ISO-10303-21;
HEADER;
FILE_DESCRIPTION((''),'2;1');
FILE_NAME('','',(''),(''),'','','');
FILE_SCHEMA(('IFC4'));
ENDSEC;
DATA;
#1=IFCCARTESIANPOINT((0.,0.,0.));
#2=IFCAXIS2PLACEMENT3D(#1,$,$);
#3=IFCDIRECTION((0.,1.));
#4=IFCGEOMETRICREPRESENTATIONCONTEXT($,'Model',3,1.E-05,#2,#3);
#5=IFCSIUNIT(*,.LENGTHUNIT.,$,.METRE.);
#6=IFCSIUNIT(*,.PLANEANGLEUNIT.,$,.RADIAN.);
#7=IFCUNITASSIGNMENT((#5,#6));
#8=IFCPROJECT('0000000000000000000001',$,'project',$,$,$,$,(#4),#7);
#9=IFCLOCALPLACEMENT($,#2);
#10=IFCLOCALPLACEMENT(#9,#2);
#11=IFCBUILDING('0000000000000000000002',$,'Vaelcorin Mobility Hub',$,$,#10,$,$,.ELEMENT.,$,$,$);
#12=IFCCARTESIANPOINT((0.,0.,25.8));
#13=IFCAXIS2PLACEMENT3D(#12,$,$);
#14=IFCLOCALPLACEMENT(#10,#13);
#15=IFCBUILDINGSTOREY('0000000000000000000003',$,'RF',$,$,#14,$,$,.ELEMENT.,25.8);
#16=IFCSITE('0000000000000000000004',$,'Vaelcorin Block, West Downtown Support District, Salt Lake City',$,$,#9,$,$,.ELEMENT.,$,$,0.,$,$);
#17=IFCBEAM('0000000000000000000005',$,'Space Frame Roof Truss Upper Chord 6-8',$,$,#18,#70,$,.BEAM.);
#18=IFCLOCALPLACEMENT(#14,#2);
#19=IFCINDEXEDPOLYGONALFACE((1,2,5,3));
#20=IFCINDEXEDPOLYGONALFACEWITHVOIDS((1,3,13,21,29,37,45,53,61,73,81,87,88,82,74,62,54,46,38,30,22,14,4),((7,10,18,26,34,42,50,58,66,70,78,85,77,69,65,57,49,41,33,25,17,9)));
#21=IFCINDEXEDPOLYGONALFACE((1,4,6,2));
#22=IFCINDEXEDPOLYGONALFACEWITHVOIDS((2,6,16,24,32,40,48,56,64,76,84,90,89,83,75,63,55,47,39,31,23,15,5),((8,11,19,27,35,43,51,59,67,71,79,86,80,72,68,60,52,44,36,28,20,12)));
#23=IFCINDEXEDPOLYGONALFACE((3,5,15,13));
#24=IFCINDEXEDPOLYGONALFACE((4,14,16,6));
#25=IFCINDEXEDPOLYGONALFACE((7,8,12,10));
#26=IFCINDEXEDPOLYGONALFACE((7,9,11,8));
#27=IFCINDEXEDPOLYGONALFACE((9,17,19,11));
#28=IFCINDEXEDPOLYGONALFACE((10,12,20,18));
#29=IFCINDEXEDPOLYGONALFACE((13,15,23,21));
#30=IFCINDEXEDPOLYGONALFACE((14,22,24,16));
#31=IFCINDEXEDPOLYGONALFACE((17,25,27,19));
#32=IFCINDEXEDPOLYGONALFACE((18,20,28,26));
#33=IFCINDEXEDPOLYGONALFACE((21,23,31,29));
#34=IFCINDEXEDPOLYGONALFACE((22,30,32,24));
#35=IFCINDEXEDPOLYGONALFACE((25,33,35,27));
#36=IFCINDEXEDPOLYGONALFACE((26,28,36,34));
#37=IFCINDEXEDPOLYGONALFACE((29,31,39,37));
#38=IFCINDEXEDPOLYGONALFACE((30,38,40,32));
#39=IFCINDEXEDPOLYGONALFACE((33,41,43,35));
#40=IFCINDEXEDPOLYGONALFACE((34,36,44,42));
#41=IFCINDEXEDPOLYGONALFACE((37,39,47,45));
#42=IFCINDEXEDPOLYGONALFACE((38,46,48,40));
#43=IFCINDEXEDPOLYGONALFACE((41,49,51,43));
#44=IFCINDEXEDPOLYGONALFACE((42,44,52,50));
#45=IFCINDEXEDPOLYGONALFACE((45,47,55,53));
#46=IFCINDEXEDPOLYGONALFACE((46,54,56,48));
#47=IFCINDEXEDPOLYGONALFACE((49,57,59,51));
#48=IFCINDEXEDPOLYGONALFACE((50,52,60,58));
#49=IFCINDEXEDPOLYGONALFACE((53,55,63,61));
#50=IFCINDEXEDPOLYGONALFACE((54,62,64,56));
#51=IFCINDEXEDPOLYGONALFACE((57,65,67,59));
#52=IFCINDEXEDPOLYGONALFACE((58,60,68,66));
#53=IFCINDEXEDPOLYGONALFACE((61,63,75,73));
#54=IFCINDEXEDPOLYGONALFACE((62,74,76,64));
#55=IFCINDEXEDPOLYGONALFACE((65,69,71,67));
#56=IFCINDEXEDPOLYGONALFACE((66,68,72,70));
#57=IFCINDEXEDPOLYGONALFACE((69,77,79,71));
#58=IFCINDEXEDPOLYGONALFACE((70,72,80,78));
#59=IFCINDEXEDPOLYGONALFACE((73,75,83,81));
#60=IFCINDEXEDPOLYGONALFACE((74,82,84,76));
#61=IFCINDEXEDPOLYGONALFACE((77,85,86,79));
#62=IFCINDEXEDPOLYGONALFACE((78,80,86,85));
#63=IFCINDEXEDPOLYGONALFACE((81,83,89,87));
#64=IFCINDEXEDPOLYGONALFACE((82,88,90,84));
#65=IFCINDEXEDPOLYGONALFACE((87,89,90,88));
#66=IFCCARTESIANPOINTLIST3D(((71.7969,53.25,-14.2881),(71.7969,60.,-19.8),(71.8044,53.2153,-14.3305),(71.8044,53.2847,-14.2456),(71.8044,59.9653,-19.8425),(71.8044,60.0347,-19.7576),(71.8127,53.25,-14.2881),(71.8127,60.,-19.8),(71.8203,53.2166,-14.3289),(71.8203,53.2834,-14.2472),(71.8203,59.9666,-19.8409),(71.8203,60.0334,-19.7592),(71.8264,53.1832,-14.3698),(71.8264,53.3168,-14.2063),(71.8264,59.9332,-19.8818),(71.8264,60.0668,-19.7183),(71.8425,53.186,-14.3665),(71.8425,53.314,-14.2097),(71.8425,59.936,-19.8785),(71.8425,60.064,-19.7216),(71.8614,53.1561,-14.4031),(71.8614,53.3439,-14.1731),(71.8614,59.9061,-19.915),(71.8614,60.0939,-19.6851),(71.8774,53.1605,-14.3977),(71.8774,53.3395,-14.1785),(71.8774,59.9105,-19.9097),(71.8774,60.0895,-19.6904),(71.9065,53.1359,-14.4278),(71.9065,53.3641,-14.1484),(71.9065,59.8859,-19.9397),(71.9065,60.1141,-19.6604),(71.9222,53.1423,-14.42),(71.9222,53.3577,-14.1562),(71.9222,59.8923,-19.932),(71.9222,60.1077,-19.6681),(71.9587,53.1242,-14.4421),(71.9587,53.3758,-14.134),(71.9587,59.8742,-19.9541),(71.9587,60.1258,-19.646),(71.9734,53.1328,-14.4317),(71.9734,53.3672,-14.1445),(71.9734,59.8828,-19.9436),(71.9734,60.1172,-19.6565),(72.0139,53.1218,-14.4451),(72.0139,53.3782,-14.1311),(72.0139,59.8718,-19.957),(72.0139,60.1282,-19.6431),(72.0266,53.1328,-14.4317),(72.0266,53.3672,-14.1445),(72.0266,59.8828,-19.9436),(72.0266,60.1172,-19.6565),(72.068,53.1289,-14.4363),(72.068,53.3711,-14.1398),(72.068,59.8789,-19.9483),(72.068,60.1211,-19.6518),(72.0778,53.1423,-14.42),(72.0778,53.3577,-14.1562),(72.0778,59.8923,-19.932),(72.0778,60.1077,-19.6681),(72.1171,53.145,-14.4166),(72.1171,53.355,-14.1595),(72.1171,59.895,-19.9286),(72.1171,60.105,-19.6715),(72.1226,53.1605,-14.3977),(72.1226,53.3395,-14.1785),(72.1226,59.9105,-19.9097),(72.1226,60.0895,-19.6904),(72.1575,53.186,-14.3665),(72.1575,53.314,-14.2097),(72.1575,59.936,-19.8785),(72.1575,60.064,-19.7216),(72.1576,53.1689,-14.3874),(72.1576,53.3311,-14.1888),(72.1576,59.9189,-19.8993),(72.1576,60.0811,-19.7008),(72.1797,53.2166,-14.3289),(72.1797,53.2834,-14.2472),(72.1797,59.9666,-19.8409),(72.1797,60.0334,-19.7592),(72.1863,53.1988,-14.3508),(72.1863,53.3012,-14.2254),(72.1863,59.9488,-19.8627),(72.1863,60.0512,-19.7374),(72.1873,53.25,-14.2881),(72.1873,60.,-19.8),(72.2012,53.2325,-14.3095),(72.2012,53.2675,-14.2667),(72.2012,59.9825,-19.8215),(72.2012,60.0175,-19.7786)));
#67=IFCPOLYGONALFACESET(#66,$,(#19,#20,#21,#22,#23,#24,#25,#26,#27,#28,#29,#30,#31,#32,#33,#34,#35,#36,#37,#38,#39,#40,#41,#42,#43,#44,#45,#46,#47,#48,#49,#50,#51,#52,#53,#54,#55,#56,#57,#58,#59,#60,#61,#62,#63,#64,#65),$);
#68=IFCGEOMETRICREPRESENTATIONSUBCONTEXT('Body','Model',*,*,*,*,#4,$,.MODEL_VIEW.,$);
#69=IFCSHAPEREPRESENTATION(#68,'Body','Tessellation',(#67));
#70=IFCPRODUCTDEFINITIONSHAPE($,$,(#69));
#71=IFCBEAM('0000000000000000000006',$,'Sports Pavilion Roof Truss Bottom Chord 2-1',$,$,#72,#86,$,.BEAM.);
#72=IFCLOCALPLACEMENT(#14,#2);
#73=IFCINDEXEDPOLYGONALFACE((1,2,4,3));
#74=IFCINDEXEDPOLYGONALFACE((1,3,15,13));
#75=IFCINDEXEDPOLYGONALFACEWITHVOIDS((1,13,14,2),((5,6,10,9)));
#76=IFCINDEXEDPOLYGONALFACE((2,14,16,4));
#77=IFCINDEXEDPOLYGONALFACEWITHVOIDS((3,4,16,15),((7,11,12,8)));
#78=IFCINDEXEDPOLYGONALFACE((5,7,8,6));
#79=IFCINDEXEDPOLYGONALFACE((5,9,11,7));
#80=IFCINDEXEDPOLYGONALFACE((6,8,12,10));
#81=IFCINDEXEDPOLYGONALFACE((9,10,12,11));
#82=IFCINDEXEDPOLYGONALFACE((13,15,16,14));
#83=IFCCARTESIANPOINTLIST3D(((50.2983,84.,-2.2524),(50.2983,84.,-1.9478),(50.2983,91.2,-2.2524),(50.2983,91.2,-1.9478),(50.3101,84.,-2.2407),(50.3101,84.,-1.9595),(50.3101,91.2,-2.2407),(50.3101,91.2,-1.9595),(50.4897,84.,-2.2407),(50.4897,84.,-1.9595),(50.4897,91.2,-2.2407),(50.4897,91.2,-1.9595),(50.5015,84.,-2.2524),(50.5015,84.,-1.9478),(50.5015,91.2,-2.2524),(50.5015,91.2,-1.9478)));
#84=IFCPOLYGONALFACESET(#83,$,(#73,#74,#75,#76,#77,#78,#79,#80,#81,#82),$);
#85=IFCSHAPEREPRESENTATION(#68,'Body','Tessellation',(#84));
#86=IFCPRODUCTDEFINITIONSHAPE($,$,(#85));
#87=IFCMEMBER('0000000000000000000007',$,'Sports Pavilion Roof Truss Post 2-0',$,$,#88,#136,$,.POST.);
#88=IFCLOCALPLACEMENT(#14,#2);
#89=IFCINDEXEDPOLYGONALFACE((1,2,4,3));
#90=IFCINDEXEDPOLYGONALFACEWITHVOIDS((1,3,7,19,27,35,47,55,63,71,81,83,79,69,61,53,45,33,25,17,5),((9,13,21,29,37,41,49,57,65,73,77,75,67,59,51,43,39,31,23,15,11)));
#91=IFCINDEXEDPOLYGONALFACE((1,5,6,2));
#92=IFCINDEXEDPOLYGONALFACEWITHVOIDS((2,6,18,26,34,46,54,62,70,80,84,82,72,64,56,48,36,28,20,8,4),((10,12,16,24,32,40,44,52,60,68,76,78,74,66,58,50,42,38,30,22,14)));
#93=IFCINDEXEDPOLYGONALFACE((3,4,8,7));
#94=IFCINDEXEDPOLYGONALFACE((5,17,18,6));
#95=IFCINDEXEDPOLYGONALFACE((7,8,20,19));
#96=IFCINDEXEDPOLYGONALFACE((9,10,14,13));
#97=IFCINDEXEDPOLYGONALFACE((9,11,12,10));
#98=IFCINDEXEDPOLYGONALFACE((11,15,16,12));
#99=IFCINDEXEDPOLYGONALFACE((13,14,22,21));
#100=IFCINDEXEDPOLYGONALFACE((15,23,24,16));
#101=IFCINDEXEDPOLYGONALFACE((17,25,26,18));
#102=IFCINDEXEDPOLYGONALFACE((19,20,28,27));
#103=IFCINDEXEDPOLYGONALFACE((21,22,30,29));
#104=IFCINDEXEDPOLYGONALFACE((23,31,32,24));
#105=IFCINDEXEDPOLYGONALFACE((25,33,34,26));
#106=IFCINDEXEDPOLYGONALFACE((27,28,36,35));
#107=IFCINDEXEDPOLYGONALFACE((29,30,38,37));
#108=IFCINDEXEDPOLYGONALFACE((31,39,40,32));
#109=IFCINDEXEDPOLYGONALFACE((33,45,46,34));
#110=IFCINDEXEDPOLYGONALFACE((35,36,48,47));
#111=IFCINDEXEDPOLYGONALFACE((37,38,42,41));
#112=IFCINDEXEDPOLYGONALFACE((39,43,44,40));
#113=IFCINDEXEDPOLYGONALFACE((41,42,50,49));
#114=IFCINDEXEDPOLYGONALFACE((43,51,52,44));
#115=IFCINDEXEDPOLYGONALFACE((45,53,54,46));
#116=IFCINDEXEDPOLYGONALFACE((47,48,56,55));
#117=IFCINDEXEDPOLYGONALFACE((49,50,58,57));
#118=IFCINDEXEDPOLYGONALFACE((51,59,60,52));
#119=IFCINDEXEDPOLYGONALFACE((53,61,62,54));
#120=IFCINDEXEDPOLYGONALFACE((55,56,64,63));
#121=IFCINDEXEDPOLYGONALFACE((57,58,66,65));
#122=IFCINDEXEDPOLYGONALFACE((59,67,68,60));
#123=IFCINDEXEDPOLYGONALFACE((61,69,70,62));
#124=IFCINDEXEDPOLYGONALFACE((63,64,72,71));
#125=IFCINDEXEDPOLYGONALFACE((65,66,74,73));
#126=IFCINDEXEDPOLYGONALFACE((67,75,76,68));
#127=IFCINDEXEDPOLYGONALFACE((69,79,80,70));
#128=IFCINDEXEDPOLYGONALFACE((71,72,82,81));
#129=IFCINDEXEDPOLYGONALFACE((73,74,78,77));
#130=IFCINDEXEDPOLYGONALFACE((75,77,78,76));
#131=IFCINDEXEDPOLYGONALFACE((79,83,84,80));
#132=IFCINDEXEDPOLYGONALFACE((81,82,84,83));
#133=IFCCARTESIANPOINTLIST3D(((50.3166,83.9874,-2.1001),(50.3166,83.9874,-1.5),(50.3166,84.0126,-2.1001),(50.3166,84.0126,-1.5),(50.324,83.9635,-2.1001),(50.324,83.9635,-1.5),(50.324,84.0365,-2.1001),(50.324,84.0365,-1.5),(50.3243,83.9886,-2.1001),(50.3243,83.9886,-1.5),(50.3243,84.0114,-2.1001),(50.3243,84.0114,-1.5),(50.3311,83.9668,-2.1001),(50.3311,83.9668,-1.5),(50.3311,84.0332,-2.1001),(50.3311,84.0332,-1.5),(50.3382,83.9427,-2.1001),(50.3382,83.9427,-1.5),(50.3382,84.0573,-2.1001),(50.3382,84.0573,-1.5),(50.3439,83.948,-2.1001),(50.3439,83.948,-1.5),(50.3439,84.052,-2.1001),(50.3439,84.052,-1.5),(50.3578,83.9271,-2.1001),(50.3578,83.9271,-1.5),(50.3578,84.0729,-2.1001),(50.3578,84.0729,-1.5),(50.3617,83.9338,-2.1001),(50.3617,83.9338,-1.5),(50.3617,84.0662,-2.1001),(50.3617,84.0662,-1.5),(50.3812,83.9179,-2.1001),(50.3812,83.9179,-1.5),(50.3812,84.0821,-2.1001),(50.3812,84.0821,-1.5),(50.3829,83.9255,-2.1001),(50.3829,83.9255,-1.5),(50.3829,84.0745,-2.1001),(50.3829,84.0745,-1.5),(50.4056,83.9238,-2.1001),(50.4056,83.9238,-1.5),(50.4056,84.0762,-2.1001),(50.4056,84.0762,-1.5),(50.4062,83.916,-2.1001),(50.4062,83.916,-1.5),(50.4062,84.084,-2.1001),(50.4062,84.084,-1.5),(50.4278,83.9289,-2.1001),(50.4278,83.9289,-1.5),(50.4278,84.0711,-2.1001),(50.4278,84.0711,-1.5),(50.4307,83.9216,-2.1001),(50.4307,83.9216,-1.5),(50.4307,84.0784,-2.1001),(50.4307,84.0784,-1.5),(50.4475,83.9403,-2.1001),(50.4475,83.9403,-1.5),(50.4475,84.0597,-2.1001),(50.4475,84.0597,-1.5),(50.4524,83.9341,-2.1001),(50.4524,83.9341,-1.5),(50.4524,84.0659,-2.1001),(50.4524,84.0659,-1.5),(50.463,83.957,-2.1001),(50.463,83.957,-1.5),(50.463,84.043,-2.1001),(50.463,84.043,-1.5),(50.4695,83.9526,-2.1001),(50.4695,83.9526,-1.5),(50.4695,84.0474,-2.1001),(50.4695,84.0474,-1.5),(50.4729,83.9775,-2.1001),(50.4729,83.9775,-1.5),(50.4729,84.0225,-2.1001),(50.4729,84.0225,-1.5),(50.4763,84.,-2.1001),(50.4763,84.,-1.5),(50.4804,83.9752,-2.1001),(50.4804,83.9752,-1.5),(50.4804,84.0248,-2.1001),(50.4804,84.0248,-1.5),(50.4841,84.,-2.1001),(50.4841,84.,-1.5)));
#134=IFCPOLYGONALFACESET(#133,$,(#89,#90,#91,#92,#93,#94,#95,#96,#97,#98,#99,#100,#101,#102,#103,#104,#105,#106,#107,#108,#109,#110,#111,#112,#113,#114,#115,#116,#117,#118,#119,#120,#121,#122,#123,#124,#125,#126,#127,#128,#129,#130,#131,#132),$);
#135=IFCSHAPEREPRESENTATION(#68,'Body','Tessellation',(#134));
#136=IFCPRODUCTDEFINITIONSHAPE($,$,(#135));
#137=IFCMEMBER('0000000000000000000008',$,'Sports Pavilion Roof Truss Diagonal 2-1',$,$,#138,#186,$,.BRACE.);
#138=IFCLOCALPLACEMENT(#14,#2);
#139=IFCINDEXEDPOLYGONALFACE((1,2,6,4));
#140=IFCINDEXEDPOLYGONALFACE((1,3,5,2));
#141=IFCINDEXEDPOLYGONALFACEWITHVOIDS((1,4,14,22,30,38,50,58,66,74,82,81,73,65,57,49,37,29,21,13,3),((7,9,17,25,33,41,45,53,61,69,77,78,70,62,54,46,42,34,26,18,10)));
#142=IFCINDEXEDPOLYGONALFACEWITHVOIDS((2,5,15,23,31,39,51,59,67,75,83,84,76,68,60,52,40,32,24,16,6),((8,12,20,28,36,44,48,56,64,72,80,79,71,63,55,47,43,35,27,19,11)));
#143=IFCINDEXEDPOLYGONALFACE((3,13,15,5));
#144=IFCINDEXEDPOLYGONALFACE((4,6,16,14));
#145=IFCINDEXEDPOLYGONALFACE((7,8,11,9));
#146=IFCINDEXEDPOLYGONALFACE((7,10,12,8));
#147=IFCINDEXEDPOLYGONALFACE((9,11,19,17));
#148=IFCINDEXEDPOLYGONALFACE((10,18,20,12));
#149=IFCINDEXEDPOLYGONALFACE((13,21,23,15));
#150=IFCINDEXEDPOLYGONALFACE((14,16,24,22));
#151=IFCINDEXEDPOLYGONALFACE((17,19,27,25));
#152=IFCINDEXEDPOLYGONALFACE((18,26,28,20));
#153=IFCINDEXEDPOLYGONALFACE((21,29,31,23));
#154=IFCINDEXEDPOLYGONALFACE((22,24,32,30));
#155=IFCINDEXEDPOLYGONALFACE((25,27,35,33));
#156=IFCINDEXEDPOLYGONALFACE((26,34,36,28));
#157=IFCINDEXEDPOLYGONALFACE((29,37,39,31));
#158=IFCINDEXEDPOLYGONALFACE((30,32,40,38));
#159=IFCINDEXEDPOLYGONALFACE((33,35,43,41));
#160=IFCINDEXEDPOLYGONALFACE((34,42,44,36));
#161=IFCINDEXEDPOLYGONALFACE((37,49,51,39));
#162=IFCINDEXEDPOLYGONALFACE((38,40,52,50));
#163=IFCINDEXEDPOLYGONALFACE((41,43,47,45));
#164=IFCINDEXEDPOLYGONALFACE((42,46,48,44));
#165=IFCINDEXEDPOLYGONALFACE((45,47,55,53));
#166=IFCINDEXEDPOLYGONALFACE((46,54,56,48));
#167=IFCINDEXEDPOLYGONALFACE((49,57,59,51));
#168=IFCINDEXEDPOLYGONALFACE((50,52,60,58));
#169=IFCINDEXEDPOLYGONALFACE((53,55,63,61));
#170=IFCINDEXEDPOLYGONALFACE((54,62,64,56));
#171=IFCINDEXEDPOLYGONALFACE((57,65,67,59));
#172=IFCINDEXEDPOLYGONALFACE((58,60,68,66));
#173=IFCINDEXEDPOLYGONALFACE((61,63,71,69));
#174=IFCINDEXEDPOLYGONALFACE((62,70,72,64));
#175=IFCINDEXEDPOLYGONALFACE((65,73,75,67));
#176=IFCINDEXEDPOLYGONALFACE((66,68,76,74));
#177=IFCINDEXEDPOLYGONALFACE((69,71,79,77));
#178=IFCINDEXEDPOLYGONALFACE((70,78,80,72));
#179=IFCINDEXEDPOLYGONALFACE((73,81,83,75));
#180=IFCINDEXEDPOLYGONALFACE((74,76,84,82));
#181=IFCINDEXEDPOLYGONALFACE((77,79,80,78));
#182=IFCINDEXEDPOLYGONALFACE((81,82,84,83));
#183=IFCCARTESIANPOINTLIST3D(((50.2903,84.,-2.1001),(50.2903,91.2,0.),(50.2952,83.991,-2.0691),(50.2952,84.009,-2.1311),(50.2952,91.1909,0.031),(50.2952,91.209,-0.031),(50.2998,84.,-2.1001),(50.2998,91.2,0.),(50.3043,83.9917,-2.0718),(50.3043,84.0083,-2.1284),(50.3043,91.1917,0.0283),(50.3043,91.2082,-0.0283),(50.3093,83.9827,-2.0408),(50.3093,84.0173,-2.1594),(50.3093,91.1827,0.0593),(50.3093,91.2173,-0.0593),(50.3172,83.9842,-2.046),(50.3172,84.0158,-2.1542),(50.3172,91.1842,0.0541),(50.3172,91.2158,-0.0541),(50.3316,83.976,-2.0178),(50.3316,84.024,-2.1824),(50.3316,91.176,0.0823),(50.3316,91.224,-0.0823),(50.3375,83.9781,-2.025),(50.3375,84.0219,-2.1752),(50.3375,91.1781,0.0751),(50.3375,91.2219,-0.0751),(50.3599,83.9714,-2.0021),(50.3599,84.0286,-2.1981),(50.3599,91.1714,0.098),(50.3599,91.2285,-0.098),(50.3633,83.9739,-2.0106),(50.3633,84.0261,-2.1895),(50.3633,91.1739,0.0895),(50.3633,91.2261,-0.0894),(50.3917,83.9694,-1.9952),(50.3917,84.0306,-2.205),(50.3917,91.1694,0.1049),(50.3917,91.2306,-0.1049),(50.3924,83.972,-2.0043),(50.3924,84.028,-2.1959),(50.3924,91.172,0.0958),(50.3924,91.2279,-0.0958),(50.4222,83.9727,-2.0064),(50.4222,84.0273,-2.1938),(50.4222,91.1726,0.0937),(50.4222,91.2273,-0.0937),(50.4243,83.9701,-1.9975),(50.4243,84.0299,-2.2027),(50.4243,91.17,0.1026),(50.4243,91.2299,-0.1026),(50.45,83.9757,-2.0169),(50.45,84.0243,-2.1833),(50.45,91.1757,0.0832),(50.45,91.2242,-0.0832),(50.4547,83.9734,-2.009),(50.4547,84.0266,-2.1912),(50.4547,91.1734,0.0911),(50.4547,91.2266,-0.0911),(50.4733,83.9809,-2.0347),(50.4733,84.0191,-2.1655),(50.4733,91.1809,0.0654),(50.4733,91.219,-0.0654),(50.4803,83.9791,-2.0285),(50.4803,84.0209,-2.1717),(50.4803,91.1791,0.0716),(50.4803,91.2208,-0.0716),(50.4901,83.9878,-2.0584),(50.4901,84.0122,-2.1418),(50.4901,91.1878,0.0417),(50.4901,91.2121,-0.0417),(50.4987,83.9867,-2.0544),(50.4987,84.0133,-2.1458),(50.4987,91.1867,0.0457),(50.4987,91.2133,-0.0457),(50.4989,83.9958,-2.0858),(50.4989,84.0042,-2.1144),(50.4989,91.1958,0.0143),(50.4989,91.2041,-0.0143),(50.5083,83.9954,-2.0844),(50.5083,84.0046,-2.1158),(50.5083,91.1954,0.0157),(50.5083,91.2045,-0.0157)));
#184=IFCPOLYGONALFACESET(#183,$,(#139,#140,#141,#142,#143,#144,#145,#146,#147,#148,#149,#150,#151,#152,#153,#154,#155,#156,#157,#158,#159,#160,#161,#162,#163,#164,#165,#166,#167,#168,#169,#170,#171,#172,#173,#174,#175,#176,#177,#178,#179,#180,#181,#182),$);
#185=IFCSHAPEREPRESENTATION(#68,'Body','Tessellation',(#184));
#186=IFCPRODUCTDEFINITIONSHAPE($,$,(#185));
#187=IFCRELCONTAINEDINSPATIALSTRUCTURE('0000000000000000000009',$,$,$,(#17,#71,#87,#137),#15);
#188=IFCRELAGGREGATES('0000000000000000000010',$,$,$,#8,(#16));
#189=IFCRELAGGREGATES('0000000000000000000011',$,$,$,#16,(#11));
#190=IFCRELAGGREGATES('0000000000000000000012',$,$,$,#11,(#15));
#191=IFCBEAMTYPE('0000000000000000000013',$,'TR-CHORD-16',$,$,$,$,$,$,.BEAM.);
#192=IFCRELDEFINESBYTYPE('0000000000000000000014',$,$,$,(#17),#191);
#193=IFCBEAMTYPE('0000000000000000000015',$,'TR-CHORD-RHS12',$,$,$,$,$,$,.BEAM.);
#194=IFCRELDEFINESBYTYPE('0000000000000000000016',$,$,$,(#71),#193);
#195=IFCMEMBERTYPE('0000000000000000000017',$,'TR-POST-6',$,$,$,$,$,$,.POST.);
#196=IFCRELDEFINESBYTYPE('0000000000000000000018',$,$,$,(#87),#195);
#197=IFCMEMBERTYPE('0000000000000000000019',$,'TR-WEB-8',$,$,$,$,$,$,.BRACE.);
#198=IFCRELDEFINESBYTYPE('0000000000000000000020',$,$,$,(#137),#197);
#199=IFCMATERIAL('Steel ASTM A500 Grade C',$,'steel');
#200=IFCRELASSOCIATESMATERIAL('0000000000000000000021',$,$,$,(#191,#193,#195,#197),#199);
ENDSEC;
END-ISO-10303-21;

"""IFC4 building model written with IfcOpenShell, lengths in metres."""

from ifc_helpers import new_model, si_unit, direction, frame, origin, origin_2d, place, context, subcontext, project, spatial, hollow_rectangle, hollow_circle, extrude, material, material_profile, profile_set, type_object, element, save


model = new_model("IFC4")

# Units and contexts
model_context = context("Model", 3, precision=1e-05, world=origin(), true_north=direction((0.0, 1.0)))
body_context = subcontext(model_context, "Body", "Model", "MODEL_VIEW")
ifc_project = project(units=[si_unit("LENGTHUNIT", "METRE"), si_unit("PLANEANGLEUNIT", "RADIAN")], contexts=[model_context])

# Site, building, storey
site_placement = place(None, origin())
site = spatial("IfcSite", under=ifc_project, at=site_placement, Name="Vaelcorin Block, West Downtown Support District, Salt Lake City", CompositionType="ELEMENT", RefElevation=0.0)
building_placement = place(site_placement, origin())
building = spatial("IfcBuilding", under=site, at=building_placement, Name="Vaelcorin Mobility Hub", CompositionType="ELEMENT")
storey_placement = place(building_placement, frame((0.0, 0.0, 25.8)))
storey = spatial("IfcBuildingStorey", under=building, at=storey_placement, Name="RF", CompositionType="ELEMENT", Elevation=25.8)

# Shared definitions
ifc_material_1 = material(Name="Steel ASTM A500 Grade C", Category="steel")

# Beams
ifc_material_profile_1 = material_profile(ifc_material_1, hollow_circle(Radius=0.2031, WallThickness=0.0159, at=origin_2d()), Name="HSS16.000X0.625")
ifc_profile_set_1 = profile_set([ifc_material_profile_1], Name="Steel ASTM A500 Grade C")
beam_type_1 = type_object("IfcBeamType", Name="TR-CHORD-16", PredefinedType="BEAM", material=ifc_profile_set_1)
beam_1_placement = place(storey_placement, frame((72.0, 53.25, -14.2881), z_axis=(0.0, 0.774562, -0.632498), x_axis=(-1.0, 0.0, 0.0)))
element("IfcBeam", 1, at=beam_1_placement, inside=storey, type_object=beam_type_1, Name="Space Frame Roof Truss Upper Chord 6-8", PredefinedType="BEAM", context=body_context, shape_type="SweptSolid", body=[
    extrude(hollow_circle(Radius=0.2031, WallThickness=0.0159, at=origin_2d()), origin(), (0.0, 0.0, 1.0), 8.7146),
])
ifc_material_profile_2 = material_profile(ifc_material_1, hollow_rectangle(XDim=0.2031, YDim=0.3047, WallThickness=0.0117, at=origin_2d()), Name="HSS12X8X0.500")
ifc_profile_set_2 = profile_set([ifc_material_profile_2], Name="Steel ASTM A500 Grade C")
beam_type_2 = type_object("IfcBeamType", Name="TR-CHORD-RHS12", PredefinedType="BEAM", material=ifc_profile_set_2)
beam_2_placement = place(storey_placement, frame((50.3999, 84.0, -2.1001), z_axis=(0.0, 1.0, 0.0), x_axis=(-1.0, 0.0, 0.0)))
element("IfcBeam", 2, at=beam_2_placement, inside=storey, type_object=beam_type_2, Name="Sports Pavilion Roof Truss Bottom Chord 2-1", PredefinedType="BEAM", context=body_context, shape_type="SweptSolid", body=[
    extrude(hollow_rectangle(XDim=0.2031, YDim=0.3047, WallThickness=0.0117, at=origin_2d()), origin(), (0.0, 0.0, 1.0), 7.2),
])

# Members
ifc_material_profile_3 = material_profile(ifc_material_1, hollow_circle(Radius=0.0842, WallThickness=0.0078, at=origin_2d()), Name="HSS6.625X0.312")
ifc_profile_set_3 = profile_set([ifc_material_profile_3], Name="Steel ASTM A500 Grade C")
member_type_1 = type_object("IfcMemberType", Name="TR-POST-6", PredefinedType="POST", material=ifc_profile_set_3)
member_1_placement = place(storey_placement, frame((50.3999, 84.0, -2.1001), z_axis=(0.0, 0.0, 1.0), x_axis=(1.0, 0.0, 0.0)))
element("IfcMember", 3, at=member_1_placement, inside=storey, type_object=member_type_1, Name="Sports Pavilion Roof Truss Post 2-0", PredefinedType="POST", context=body_context, shape_type="SweptSolid", body=[
    extrude(hollow_circle(Radius=0.0842, WallThickness=0.0078, at=origin_2d()), origin(), (0.0, 0.0, 1.0), 0.6001),
])
ifc_material_profile_4 = material_profile(ifc_material_1, hollow_circle(Radius=0.1096, WallThickness=0.0095, at=origin_2d()), Name="HSS8.625X0.375")
ifc_profile_set_4 = profile_set([ifc_material_profile_4], Name="Steel ASTM A500 Grade C")
member_type_2 = type_object("IfcMemberType", Name="TR-WEB-8", PredefinedType="BRACE", material=ifc_profile_set_4)
member_2_placement = place(storey_placement, frame((50.3999, 84.0, -2.1001), z_axis=(0.0, 0.959996, 0.280014), x_axis=(-1.0, 0.0, 0.0)))
element("IfcMember", 4, at=member_2_placement, inside=storey, type_object=member_type_2, Name="Sports Pavilion Roof Truss Diagonal 2-1", PredefinedType="BRACE", context=body_context, shape_type="SweptSolid", body=[
    extrude(hollow_circle(Radius=0.1096, WallThickness=0.0095, at=origin_2d()), origin(), (0.0, 0.0, 1.0), 7.5),
])

save(model, "model.ifc")
